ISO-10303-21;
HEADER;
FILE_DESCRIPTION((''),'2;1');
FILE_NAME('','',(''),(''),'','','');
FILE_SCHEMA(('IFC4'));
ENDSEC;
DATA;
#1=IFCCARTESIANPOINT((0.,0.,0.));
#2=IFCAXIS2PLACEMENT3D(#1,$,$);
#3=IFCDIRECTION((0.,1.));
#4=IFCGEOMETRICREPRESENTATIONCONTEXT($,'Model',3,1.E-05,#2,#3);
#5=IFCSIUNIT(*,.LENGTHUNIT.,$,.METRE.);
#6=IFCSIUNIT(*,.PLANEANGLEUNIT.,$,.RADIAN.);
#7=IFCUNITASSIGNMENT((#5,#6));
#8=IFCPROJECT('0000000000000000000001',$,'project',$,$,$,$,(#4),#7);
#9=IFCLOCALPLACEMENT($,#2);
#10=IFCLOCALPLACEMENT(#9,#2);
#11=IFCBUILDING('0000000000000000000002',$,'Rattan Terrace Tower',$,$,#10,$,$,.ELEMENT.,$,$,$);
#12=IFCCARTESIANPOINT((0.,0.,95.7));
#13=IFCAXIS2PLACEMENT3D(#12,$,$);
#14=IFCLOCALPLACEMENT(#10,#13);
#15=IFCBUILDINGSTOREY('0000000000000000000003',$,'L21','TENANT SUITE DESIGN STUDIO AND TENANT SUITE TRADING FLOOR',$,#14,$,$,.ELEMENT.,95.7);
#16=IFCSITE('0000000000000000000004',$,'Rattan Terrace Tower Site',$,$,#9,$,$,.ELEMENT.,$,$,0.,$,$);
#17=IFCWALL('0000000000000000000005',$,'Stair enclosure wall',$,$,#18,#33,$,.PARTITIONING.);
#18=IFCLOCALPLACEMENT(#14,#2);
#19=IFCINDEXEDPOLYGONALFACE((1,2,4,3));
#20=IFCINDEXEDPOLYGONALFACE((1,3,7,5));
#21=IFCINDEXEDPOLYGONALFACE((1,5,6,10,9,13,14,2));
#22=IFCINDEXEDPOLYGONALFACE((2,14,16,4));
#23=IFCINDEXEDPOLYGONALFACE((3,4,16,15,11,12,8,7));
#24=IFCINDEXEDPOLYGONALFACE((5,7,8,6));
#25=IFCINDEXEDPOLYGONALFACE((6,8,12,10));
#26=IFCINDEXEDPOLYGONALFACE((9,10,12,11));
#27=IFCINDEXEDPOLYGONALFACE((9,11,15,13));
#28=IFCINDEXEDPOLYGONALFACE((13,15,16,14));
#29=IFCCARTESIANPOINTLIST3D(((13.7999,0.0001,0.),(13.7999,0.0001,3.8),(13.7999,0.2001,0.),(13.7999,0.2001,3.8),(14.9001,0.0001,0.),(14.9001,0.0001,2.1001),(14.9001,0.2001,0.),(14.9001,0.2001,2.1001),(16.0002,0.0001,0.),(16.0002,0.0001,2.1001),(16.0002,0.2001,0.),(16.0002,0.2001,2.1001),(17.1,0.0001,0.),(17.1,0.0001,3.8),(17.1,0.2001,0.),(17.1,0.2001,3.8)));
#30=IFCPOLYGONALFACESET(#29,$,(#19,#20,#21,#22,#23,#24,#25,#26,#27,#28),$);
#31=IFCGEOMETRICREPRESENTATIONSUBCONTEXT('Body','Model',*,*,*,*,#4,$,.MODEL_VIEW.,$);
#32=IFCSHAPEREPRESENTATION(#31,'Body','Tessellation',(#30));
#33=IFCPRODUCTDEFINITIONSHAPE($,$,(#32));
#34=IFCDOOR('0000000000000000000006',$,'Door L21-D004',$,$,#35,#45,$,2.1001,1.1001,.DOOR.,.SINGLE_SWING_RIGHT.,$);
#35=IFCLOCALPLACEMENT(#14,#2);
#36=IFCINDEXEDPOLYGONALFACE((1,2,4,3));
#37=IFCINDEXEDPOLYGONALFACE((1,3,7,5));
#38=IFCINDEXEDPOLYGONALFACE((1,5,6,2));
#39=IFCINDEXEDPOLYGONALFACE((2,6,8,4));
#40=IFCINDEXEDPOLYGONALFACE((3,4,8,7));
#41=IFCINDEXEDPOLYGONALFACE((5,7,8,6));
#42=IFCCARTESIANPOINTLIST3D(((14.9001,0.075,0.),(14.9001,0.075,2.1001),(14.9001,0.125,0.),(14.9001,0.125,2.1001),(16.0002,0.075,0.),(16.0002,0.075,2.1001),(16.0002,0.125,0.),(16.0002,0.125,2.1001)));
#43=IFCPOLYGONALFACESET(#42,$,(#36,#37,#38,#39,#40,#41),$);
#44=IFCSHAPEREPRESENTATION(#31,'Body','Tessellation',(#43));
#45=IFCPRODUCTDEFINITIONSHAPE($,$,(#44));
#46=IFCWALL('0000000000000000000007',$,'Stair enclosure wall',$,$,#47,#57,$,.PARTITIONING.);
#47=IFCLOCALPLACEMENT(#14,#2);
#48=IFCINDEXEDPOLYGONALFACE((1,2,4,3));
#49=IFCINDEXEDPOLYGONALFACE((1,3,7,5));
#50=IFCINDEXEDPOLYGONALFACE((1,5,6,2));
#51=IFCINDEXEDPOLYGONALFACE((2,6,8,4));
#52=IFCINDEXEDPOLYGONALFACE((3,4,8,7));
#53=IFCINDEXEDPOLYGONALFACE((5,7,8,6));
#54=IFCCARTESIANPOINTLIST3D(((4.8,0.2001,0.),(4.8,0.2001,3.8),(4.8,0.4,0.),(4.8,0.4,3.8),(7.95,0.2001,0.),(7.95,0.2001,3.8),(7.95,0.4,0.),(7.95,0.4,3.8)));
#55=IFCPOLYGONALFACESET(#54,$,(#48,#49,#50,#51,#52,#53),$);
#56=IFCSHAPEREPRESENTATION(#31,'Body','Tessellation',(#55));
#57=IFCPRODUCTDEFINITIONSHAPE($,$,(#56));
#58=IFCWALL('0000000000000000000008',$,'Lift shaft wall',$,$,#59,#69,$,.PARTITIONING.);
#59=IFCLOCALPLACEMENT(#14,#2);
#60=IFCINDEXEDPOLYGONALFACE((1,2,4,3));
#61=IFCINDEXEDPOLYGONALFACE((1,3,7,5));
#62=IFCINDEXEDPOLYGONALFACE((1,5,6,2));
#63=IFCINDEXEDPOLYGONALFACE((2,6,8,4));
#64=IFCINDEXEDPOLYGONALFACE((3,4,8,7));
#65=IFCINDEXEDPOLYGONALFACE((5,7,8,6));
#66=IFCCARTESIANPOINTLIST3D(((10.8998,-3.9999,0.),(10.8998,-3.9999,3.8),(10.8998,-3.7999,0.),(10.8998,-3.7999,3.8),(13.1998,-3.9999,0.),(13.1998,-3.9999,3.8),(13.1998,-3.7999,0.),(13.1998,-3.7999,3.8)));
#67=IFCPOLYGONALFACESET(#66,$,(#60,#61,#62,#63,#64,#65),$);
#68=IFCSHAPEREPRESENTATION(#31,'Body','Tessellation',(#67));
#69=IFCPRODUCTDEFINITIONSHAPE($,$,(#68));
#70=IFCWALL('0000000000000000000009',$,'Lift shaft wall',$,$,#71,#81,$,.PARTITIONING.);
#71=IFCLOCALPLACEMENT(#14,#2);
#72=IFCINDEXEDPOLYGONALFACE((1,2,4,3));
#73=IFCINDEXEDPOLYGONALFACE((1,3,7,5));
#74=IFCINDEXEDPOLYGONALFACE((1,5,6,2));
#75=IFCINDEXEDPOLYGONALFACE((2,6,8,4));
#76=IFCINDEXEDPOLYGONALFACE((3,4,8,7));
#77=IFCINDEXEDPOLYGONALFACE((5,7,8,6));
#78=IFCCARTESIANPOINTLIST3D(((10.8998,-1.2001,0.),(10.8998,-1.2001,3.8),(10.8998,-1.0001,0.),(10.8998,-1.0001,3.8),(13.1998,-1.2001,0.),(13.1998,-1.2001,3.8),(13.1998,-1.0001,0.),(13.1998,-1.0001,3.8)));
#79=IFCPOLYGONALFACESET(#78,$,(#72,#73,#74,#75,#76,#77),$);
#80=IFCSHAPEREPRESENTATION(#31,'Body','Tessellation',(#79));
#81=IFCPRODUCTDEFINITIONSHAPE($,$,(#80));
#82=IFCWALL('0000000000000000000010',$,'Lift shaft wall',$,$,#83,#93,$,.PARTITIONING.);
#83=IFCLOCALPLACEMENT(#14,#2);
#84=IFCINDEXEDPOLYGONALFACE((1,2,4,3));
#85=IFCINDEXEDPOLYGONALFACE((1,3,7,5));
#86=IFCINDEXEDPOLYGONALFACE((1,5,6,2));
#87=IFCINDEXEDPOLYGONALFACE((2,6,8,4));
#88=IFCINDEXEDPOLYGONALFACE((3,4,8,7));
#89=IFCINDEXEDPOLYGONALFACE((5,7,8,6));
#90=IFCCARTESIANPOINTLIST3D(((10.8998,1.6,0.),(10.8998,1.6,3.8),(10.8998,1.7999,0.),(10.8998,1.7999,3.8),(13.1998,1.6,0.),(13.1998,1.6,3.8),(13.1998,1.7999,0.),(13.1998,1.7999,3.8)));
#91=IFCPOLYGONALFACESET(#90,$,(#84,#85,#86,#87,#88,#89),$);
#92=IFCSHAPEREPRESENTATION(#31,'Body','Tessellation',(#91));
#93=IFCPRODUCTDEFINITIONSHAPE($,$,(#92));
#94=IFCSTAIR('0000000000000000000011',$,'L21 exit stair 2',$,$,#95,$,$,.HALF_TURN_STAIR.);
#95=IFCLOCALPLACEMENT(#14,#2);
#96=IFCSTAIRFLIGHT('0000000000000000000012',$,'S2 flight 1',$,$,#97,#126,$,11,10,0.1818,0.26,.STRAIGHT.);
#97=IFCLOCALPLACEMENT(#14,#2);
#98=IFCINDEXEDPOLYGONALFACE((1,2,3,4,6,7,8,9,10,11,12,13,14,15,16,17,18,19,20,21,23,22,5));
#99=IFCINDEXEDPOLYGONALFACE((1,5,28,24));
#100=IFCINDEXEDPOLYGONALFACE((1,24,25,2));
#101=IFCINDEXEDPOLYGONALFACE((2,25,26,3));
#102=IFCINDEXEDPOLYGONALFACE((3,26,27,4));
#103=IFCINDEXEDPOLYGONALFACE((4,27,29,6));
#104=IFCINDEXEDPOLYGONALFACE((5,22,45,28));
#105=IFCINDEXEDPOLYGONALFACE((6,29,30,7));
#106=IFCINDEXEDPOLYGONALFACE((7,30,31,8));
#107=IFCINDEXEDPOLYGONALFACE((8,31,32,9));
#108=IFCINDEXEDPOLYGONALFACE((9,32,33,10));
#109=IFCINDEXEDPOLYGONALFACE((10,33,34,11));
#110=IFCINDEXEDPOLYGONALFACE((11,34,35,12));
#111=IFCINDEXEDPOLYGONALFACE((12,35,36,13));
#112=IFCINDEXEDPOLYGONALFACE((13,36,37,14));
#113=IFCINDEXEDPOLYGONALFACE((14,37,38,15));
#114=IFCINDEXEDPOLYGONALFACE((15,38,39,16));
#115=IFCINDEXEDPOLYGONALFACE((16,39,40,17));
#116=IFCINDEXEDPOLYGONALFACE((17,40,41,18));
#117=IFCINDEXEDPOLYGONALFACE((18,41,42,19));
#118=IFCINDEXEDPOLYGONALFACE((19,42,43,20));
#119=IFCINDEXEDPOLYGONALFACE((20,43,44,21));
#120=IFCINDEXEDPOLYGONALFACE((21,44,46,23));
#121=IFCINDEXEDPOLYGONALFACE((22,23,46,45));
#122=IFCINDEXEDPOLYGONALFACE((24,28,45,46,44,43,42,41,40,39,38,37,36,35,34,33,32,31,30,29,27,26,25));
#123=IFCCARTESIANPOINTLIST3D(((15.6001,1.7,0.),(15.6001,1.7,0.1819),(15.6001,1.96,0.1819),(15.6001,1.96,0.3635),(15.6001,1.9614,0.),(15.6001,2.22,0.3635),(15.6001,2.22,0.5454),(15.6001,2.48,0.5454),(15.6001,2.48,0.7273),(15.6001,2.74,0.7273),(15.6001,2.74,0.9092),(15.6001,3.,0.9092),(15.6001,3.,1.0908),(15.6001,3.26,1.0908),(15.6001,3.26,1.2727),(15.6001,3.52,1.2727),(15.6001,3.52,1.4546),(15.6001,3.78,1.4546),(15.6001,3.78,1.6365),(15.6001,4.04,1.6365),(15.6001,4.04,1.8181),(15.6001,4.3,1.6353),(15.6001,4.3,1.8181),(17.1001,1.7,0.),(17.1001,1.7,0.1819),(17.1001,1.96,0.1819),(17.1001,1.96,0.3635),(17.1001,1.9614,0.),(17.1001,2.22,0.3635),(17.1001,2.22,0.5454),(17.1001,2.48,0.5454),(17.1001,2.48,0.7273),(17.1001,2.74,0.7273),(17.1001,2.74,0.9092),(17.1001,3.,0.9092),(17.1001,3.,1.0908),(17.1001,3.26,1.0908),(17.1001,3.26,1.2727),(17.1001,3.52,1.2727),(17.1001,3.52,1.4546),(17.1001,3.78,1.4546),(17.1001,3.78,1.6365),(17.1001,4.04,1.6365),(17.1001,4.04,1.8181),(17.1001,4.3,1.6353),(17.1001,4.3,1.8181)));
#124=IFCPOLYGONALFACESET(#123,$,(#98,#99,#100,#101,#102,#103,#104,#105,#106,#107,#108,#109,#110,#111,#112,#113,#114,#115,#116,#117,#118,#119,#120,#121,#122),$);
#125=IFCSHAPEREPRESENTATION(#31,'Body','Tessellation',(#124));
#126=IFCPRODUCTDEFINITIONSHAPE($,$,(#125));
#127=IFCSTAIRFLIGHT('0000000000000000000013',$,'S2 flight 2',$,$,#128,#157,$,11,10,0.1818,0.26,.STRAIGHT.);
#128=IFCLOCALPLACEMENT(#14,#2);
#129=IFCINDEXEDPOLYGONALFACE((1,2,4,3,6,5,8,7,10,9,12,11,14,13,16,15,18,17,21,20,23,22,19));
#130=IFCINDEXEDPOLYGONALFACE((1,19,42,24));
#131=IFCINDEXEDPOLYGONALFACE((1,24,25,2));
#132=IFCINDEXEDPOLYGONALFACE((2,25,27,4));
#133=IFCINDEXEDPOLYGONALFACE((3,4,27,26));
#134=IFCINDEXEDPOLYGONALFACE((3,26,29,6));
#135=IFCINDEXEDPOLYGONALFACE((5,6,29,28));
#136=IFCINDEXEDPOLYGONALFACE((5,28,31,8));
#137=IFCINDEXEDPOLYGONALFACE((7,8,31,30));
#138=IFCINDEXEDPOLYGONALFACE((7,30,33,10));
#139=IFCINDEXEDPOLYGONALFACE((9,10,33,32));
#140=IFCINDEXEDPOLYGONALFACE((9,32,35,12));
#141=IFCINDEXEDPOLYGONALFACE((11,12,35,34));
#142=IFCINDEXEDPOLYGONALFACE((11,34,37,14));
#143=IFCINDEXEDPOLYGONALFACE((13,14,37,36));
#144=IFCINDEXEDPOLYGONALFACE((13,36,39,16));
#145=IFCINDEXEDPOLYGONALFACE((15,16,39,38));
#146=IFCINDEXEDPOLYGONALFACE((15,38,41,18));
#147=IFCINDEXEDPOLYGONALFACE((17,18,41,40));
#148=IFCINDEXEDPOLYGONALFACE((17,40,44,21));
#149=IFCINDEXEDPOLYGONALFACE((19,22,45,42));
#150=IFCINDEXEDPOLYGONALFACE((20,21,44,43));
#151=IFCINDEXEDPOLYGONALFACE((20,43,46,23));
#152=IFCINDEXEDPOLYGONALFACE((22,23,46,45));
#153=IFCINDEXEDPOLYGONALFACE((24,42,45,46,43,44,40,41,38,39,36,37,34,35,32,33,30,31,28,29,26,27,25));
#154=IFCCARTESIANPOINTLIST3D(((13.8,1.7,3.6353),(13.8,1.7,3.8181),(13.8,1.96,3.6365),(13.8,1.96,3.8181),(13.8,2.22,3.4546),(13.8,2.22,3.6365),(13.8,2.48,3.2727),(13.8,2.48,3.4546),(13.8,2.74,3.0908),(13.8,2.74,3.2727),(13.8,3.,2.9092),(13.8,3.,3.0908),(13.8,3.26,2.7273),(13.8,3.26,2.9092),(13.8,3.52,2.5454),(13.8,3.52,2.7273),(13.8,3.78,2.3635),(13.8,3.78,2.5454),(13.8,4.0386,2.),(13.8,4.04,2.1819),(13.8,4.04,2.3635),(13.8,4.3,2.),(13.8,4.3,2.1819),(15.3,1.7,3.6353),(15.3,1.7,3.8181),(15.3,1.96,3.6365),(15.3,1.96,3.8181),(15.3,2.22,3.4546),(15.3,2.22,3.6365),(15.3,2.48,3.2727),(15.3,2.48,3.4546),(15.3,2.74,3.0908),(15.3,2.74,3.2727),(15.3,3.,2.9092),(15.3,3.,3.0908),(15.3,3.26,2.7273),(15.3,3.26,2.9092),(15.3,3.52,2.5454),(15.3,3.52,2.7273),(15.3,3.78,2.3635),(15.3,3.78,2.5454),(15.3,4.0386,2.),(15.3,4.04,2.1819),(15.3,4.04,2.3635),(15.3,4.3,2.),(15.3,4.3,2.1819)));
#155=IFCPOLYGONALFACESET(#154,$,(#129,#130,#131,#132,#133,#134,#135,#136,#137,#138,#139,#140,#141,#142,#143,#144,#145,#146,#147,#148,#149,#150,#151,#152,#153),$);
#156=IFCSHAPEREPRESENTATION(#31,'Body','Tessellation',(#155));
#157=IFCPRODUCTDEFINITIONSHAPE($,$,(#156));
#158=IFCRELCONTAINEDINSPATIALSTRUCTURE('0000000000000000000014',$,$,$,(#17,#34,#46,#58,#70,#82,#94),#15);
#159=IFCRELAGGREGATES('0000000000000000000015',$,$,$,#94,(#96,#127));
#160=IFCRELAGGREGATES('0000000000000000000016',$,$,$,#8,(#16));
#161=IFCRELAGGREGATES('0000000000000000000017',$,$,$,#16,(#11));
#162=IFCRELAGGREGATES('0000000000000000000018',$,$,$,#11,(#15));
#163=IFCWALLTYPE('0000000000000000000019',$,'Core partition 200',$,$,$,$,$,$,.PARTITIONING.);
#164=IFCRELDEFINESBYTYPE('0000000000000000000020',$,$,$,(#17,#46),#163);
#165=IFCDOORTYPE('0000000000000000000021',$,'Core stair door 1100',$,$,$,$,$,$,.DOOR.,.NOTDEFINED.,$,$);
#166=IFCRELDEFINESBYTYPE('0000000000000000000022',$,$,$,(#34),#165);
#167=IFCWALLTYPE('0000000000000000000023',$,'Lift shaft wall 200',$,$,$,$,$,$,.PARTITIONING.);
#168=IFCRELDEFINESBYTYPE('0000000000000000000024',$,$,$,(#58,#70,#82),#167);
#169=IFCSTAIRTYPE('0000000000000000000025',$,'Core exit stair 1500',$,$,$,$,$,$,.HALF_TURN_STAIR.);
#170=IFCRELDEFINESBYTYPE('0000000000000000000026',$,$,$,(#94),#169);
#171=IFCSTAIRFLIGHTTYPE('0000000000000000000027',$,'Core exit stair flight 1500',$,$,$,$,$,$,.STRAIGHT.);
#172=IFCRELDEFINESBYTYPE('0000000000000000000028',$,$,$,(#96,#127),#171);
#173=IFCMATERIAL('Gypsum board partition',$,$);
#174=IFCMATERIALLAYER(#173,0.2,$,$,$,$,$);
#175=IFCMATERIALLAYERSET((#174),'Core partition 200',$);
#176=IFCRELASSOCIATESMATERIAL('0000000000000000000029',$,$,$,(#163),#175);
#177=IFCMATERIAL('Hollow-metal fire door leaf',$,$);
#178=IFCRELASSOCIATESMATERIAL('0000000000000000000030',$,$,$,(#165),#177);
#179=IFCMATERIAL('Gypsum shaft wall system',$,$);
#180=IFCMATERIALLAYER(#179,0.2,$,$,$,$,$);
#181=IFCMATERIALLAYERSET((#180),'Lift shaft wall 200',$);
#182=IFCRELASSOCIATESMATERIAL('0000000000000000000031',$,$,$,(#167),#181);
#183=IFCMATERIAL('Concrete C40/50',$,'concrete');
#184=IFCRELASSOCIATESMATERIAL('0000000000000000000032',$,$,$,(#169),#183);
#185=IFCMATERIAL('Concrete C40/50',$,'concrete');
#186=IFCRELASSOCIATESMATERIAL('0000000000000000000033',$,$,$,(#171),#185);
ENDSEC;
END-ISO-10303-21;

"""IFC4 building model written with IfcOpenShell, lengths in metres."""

from ifc_helpers import new_model, si_unit, direction, frame, frame_2d, origin, place, context, subcontext, project, spatial, polyline, rectangle, outline, extrude, material, layer, layer_set, type_object, element, fill, aggregate, save


model = new_model("IFC4")

# Units and contexts
model_context = context("Model", 3, precision=1e-05, world=origin(), true_north=direction((0.0, 1.0)))
body_context = subcontext(model_context, "Body", "Model", "MODEL_VIEW")
ifc_project = project(units=[si_unit("LENGTHUNIT", "METRE"), si_unit("PLANEANGLEUNIT", "RADIAN")], contexts=[model_context])

# Site, building, storey
site_placement = place(None, origin())
site = spatial("IfcSite", under=ifc_project, at=site_placement, Name="Rattan Terrace Tower Site", CompositionType="ELEMENT", RefElevation=0.0)
building_placement = place(site_placement, origin())
building = spatial("IfcBuilding", under=site, at=building_placement, Name="Rattan Terrace Tower", CompositionType="ELEMENT")
storey_placement = place(building_placement, frame((0.0, 0.0, 95.7)))
storey = spatial("IfcBuildingStorey", under=building, at=storey_placement, Name="L21", Description="TENANT SUITE DESIGN STUDIO AND TENANT SUITE TRADING FLOOR", CompositionType="ELEMENT", Elevation=95.7)

# Wall, opening, door
ifc_material_1 = material(Name="Gypsum board partition")
ifc_layer_1 = layer(ifc_material_1, 0.2)
ifc_layer_set_1 = layer_set([ifc_layer_1], Name="Core partition 200")
wall_type_1 = type_object("IfcWallType", Name="Core partition 200", PredefinedType="PARTITIONING", material=ifc_layer_set_1)
wall_1_placement = place(storey_placement, frame((13.8, 0.1001, 0.0), z_axis=(0.0, 0.0, 1.0), x_axis=(1.0, 0.0, 0.0)))
wall_1 = element("IfcWall", 1, at=wall_1_placement, inside=storey, type_object=wall_type_1, Name="Stair enclosure wall", PredefinedType="PARTITIONING", context=body_context, shape_type="SweptSolid", body=[
    extrude(rectangle(XDim=3.3, YDim=0.2, at=frame_2d((1.6499, 0.0))), origin(), (0.0, 0.0, 1.0), 3.8),
])
opening_1_placement = place(wall_1_placement, frame((1.1001, 0.0, 0.0)))
opening_1 = element("IfcOpeningElement", 2, at=opening_1_placement, cuts=wall_1, PredefinedType="OPENING", context=body_context, shape_type="SweptSolid", body=[
    extrude(rectangle(XDim=1.1001, YDim=2.1001, at=frame_2d((0.55, 1.05))), frame((0.0, 0.1106, 0.0), z_axis=(0.0, -1.0, 0.0), x_axis=(1.0, 0.0, 0.0)), (0.0, 0.0, 1.0), 0.2209),
])
ifc_material_2 = material(Name="Hollow-metal fire door leaf")
door_type_1 = type_object("IfcDoorType", Name="Core stair door 1100", OperationType="NOTDEFINED", PredefinedType="DOOR", material=ifc_material_2)
door_1_placement = place(opening_1_placement, origin())
door_1 = element("IfcDoor", 3, at=door_1_placement, inside=storey, type_object=door_type_1, Name="Door L21-D004", OperationType="SINGLE_SWING_RIGHT", OverallHeight=2.1001, OverallWidth=1.1001, PredefinedType="DOOR", context=body_context, shape_type="SweptSolid", body=[
    extrude(rectangle(XDim=1.1001, YDim=2.1001, at=frame_2d((0.55, 1.05))), frame((0.0, 0.0249, 0.0), z_axis=(0.0, -1.0, 0.0), x_axis=(1.0, 0.0, 0.0)), (0.0, 0.0, 1.0), 0.05),
])
fill(opening_1, door_1)

# Walls
wall_2_placement = place(storey_placement, frame((4.8, 0.3, 0.0), z_axis=(0.0, 0.0, 1.0), x_axis=(1.0, 0.0, 0.0)))
element("IfcWall", 4, at=wall_2_placement, inside=storey, type_object=wall_type_1, Name="Stair enclosure wall", PredefinedType="PARTITIONING", context=body_context, shape_type="SweptSolid", body=[
    extrude(rectangle(XDim=3.1499, YDim=0.2, at=frame_2d((1.575, 0.0))), origin(), (0.0, 0.0, 1.0), 3.8),
])
ifc_material_3 = material(Name="Gypsum shaft wall system")
ifc_layer_2 = layer(ifc_material_3, 0.2)
ifc_layer_set_2 = layer_set([ifc_layer_2], Name="Lift shaft wall 200")
wall_type_2 = type_object("IfcWallType", Name="Lift shaft wall 200", PredefinedType="PARTITIONING", material=ifc_layer_set_2)
for number, where, z_axis, x_axis, name in (
    (5, (10.8999, -3.8999, 0.0), (0.0, 0.0, 1.0), (1.0, 0.0, 0.0), "Lift shaft wall"),
    (6, (10.8999, -1.1001, 0.0), (0.0, 0.0, 1.0), (1.0, 0.0, 0.0), "Lift shaft wall"),
    (7, (10.8999, 1.7, 0.0), (0.0, 0.0, 1.0), (1.0, 0.0, 0.0), "Lift shaft wall"),
):
    element("IfcWall", number, at=place(storey_placement, frame(where, z_axis=z_axis, x_axis=x_axis)), inside=storey, type_object=wall_type_2, Name=name, PredefinedType="PARTITIONING", context=body_context, shape_type="SweptSolid", body=[
        extrude(rectangle(XDim=2.3, YDim=0.2, at=frame_2d((1.1499, 0.0))), origin(), (0.0, 0.0, 1.0), 3.8),
    ])

# Stair, stair flights
ifc_material_4 = material(Name="Concrete C40/50", Category="concrete")
stair_type = type_object("IfcStairType", Name="Core exit stair 1500", PredefinedType="HALF_TURN_STAIR", material=ifc_material_4)
stair_1_placement = place(storey_placement, origin())
stair_1 = element("IfcStair", 8, at=stair_1_placement, inside=storey, type_object=stair_type, Name="L21 exit stair 2", PredefinedType="HALF_TURN_STAIR")
ifc_material_5 = material(Name="Concrete C40/50", Category="concrete")
stair_flight_type = type_object("IfcStairFlightType", Name="Core exit stair flight 1500", PredefinedType="STRAIGHT", material=ifc_material_5)
stair_flight_1_placement = place(storey_placement, frame((16.3501, 1.7, 0.0), z_axis=(0.0, 0.0, 1.0), x_axis=(0.0, 1.0, 0.0)))
stair_flight_1 = element("IfcStairFlight", 9, at=stair_flight_1_placement, type_object=stair_flight_type, Name="S2 flight 1", NumberOfRisers=11, NumberOfTreads=10, PredefinedType="STRAIGHT", RiserHeight=0.1818, TreadLength=0.26, context=body_context, shape_type="SweptSolid", body=[
    extrude(outline(polyline([(0.0, 0.0), (0.0, 0.1819), (0.26, 0.1819), (0.26, 0.3635), (0.52, 0.3635), (0.52, 0.5454), (0.78, 0.5454), (0.78, 0.7273), (1.04, 0.7273), (1.04, 0.9092), (1.3, 0.9092), (1.3, 1.0908), (1.5601, 1.0908), (1.5601, 1.2727), (1.8201, 1.2727), (1.8201, 1.4546), (2.0801, 1.4546), (2.0801, 1.6365), (2.3401, 1.6365), (2.3401, 1.8181), (2.6001, 1.8181), (2.6001, 2.0), (2.6001, 1.6353), (0.2615, 0.0), (0.0, 0.0)])), frame((0.0, 0.75, 0.0), z_axis=(0.0, -1.0, 0.0), x_axis=(1.0, 0.0, 0.0)), (0.0, 0.0, 1.0), 1.5),
])
stair_flight_2_placement = place(storey_placement, frame((14.55, 4.3, 2.0), z_axis=(0.0, 0.0, 1.0), x_axis=(0.0, -1.0, 0.0)))
stair_flight_2 = element("IfcStairFlight", 10, at=stair_flight_2_placement, type_object=stair_flight_type, Name="S2 flight 2", NumberOfRisers=11, NumberOfTreads=10, PredefinedType="STRAIGHT", RiserHeight=0.1818, TreadLength=0.26, context=body_context, shape_type="SweptSolid", body=[
    extrude(outline(polyline([(0.0, 0.0), (0.0, 0.1819), (0.26, 0.1819), (0.26, 0.3635), (0.52, 0.3635), (0.52, 0.5454), (0.78, 0.5454), (0.78, 0.7273), (1.04, 0.7273), (1.04, 0.9092), (1.3, 0.9092), (1.3, 1.0908), (1.5601, 1.0908), (1.5601, 1.2727), (1.8201, 1.2727), (1.8201, 1.4546), (2.0801, 1.4546), (2.0801, 1.6365), (2.3401, 1.6365), (2.3401, 1.8181), (2.6001, 1.8181), (2.6001, 2.0), (2.6001, 1.6353), (0.2615, 0.0), (0.0, 0.0)])), frame((0.0, 0.75, 0.0), z_axis=(0.0, -1.0, 0.0), x_axis=(1.0, 0.0, 0.0)), (0.0, 0.0, 1.0), 1.5),
])
aggregate(stair_1, [stair_flight_1, stair_flight_2])

save(model, "model.ifc")
